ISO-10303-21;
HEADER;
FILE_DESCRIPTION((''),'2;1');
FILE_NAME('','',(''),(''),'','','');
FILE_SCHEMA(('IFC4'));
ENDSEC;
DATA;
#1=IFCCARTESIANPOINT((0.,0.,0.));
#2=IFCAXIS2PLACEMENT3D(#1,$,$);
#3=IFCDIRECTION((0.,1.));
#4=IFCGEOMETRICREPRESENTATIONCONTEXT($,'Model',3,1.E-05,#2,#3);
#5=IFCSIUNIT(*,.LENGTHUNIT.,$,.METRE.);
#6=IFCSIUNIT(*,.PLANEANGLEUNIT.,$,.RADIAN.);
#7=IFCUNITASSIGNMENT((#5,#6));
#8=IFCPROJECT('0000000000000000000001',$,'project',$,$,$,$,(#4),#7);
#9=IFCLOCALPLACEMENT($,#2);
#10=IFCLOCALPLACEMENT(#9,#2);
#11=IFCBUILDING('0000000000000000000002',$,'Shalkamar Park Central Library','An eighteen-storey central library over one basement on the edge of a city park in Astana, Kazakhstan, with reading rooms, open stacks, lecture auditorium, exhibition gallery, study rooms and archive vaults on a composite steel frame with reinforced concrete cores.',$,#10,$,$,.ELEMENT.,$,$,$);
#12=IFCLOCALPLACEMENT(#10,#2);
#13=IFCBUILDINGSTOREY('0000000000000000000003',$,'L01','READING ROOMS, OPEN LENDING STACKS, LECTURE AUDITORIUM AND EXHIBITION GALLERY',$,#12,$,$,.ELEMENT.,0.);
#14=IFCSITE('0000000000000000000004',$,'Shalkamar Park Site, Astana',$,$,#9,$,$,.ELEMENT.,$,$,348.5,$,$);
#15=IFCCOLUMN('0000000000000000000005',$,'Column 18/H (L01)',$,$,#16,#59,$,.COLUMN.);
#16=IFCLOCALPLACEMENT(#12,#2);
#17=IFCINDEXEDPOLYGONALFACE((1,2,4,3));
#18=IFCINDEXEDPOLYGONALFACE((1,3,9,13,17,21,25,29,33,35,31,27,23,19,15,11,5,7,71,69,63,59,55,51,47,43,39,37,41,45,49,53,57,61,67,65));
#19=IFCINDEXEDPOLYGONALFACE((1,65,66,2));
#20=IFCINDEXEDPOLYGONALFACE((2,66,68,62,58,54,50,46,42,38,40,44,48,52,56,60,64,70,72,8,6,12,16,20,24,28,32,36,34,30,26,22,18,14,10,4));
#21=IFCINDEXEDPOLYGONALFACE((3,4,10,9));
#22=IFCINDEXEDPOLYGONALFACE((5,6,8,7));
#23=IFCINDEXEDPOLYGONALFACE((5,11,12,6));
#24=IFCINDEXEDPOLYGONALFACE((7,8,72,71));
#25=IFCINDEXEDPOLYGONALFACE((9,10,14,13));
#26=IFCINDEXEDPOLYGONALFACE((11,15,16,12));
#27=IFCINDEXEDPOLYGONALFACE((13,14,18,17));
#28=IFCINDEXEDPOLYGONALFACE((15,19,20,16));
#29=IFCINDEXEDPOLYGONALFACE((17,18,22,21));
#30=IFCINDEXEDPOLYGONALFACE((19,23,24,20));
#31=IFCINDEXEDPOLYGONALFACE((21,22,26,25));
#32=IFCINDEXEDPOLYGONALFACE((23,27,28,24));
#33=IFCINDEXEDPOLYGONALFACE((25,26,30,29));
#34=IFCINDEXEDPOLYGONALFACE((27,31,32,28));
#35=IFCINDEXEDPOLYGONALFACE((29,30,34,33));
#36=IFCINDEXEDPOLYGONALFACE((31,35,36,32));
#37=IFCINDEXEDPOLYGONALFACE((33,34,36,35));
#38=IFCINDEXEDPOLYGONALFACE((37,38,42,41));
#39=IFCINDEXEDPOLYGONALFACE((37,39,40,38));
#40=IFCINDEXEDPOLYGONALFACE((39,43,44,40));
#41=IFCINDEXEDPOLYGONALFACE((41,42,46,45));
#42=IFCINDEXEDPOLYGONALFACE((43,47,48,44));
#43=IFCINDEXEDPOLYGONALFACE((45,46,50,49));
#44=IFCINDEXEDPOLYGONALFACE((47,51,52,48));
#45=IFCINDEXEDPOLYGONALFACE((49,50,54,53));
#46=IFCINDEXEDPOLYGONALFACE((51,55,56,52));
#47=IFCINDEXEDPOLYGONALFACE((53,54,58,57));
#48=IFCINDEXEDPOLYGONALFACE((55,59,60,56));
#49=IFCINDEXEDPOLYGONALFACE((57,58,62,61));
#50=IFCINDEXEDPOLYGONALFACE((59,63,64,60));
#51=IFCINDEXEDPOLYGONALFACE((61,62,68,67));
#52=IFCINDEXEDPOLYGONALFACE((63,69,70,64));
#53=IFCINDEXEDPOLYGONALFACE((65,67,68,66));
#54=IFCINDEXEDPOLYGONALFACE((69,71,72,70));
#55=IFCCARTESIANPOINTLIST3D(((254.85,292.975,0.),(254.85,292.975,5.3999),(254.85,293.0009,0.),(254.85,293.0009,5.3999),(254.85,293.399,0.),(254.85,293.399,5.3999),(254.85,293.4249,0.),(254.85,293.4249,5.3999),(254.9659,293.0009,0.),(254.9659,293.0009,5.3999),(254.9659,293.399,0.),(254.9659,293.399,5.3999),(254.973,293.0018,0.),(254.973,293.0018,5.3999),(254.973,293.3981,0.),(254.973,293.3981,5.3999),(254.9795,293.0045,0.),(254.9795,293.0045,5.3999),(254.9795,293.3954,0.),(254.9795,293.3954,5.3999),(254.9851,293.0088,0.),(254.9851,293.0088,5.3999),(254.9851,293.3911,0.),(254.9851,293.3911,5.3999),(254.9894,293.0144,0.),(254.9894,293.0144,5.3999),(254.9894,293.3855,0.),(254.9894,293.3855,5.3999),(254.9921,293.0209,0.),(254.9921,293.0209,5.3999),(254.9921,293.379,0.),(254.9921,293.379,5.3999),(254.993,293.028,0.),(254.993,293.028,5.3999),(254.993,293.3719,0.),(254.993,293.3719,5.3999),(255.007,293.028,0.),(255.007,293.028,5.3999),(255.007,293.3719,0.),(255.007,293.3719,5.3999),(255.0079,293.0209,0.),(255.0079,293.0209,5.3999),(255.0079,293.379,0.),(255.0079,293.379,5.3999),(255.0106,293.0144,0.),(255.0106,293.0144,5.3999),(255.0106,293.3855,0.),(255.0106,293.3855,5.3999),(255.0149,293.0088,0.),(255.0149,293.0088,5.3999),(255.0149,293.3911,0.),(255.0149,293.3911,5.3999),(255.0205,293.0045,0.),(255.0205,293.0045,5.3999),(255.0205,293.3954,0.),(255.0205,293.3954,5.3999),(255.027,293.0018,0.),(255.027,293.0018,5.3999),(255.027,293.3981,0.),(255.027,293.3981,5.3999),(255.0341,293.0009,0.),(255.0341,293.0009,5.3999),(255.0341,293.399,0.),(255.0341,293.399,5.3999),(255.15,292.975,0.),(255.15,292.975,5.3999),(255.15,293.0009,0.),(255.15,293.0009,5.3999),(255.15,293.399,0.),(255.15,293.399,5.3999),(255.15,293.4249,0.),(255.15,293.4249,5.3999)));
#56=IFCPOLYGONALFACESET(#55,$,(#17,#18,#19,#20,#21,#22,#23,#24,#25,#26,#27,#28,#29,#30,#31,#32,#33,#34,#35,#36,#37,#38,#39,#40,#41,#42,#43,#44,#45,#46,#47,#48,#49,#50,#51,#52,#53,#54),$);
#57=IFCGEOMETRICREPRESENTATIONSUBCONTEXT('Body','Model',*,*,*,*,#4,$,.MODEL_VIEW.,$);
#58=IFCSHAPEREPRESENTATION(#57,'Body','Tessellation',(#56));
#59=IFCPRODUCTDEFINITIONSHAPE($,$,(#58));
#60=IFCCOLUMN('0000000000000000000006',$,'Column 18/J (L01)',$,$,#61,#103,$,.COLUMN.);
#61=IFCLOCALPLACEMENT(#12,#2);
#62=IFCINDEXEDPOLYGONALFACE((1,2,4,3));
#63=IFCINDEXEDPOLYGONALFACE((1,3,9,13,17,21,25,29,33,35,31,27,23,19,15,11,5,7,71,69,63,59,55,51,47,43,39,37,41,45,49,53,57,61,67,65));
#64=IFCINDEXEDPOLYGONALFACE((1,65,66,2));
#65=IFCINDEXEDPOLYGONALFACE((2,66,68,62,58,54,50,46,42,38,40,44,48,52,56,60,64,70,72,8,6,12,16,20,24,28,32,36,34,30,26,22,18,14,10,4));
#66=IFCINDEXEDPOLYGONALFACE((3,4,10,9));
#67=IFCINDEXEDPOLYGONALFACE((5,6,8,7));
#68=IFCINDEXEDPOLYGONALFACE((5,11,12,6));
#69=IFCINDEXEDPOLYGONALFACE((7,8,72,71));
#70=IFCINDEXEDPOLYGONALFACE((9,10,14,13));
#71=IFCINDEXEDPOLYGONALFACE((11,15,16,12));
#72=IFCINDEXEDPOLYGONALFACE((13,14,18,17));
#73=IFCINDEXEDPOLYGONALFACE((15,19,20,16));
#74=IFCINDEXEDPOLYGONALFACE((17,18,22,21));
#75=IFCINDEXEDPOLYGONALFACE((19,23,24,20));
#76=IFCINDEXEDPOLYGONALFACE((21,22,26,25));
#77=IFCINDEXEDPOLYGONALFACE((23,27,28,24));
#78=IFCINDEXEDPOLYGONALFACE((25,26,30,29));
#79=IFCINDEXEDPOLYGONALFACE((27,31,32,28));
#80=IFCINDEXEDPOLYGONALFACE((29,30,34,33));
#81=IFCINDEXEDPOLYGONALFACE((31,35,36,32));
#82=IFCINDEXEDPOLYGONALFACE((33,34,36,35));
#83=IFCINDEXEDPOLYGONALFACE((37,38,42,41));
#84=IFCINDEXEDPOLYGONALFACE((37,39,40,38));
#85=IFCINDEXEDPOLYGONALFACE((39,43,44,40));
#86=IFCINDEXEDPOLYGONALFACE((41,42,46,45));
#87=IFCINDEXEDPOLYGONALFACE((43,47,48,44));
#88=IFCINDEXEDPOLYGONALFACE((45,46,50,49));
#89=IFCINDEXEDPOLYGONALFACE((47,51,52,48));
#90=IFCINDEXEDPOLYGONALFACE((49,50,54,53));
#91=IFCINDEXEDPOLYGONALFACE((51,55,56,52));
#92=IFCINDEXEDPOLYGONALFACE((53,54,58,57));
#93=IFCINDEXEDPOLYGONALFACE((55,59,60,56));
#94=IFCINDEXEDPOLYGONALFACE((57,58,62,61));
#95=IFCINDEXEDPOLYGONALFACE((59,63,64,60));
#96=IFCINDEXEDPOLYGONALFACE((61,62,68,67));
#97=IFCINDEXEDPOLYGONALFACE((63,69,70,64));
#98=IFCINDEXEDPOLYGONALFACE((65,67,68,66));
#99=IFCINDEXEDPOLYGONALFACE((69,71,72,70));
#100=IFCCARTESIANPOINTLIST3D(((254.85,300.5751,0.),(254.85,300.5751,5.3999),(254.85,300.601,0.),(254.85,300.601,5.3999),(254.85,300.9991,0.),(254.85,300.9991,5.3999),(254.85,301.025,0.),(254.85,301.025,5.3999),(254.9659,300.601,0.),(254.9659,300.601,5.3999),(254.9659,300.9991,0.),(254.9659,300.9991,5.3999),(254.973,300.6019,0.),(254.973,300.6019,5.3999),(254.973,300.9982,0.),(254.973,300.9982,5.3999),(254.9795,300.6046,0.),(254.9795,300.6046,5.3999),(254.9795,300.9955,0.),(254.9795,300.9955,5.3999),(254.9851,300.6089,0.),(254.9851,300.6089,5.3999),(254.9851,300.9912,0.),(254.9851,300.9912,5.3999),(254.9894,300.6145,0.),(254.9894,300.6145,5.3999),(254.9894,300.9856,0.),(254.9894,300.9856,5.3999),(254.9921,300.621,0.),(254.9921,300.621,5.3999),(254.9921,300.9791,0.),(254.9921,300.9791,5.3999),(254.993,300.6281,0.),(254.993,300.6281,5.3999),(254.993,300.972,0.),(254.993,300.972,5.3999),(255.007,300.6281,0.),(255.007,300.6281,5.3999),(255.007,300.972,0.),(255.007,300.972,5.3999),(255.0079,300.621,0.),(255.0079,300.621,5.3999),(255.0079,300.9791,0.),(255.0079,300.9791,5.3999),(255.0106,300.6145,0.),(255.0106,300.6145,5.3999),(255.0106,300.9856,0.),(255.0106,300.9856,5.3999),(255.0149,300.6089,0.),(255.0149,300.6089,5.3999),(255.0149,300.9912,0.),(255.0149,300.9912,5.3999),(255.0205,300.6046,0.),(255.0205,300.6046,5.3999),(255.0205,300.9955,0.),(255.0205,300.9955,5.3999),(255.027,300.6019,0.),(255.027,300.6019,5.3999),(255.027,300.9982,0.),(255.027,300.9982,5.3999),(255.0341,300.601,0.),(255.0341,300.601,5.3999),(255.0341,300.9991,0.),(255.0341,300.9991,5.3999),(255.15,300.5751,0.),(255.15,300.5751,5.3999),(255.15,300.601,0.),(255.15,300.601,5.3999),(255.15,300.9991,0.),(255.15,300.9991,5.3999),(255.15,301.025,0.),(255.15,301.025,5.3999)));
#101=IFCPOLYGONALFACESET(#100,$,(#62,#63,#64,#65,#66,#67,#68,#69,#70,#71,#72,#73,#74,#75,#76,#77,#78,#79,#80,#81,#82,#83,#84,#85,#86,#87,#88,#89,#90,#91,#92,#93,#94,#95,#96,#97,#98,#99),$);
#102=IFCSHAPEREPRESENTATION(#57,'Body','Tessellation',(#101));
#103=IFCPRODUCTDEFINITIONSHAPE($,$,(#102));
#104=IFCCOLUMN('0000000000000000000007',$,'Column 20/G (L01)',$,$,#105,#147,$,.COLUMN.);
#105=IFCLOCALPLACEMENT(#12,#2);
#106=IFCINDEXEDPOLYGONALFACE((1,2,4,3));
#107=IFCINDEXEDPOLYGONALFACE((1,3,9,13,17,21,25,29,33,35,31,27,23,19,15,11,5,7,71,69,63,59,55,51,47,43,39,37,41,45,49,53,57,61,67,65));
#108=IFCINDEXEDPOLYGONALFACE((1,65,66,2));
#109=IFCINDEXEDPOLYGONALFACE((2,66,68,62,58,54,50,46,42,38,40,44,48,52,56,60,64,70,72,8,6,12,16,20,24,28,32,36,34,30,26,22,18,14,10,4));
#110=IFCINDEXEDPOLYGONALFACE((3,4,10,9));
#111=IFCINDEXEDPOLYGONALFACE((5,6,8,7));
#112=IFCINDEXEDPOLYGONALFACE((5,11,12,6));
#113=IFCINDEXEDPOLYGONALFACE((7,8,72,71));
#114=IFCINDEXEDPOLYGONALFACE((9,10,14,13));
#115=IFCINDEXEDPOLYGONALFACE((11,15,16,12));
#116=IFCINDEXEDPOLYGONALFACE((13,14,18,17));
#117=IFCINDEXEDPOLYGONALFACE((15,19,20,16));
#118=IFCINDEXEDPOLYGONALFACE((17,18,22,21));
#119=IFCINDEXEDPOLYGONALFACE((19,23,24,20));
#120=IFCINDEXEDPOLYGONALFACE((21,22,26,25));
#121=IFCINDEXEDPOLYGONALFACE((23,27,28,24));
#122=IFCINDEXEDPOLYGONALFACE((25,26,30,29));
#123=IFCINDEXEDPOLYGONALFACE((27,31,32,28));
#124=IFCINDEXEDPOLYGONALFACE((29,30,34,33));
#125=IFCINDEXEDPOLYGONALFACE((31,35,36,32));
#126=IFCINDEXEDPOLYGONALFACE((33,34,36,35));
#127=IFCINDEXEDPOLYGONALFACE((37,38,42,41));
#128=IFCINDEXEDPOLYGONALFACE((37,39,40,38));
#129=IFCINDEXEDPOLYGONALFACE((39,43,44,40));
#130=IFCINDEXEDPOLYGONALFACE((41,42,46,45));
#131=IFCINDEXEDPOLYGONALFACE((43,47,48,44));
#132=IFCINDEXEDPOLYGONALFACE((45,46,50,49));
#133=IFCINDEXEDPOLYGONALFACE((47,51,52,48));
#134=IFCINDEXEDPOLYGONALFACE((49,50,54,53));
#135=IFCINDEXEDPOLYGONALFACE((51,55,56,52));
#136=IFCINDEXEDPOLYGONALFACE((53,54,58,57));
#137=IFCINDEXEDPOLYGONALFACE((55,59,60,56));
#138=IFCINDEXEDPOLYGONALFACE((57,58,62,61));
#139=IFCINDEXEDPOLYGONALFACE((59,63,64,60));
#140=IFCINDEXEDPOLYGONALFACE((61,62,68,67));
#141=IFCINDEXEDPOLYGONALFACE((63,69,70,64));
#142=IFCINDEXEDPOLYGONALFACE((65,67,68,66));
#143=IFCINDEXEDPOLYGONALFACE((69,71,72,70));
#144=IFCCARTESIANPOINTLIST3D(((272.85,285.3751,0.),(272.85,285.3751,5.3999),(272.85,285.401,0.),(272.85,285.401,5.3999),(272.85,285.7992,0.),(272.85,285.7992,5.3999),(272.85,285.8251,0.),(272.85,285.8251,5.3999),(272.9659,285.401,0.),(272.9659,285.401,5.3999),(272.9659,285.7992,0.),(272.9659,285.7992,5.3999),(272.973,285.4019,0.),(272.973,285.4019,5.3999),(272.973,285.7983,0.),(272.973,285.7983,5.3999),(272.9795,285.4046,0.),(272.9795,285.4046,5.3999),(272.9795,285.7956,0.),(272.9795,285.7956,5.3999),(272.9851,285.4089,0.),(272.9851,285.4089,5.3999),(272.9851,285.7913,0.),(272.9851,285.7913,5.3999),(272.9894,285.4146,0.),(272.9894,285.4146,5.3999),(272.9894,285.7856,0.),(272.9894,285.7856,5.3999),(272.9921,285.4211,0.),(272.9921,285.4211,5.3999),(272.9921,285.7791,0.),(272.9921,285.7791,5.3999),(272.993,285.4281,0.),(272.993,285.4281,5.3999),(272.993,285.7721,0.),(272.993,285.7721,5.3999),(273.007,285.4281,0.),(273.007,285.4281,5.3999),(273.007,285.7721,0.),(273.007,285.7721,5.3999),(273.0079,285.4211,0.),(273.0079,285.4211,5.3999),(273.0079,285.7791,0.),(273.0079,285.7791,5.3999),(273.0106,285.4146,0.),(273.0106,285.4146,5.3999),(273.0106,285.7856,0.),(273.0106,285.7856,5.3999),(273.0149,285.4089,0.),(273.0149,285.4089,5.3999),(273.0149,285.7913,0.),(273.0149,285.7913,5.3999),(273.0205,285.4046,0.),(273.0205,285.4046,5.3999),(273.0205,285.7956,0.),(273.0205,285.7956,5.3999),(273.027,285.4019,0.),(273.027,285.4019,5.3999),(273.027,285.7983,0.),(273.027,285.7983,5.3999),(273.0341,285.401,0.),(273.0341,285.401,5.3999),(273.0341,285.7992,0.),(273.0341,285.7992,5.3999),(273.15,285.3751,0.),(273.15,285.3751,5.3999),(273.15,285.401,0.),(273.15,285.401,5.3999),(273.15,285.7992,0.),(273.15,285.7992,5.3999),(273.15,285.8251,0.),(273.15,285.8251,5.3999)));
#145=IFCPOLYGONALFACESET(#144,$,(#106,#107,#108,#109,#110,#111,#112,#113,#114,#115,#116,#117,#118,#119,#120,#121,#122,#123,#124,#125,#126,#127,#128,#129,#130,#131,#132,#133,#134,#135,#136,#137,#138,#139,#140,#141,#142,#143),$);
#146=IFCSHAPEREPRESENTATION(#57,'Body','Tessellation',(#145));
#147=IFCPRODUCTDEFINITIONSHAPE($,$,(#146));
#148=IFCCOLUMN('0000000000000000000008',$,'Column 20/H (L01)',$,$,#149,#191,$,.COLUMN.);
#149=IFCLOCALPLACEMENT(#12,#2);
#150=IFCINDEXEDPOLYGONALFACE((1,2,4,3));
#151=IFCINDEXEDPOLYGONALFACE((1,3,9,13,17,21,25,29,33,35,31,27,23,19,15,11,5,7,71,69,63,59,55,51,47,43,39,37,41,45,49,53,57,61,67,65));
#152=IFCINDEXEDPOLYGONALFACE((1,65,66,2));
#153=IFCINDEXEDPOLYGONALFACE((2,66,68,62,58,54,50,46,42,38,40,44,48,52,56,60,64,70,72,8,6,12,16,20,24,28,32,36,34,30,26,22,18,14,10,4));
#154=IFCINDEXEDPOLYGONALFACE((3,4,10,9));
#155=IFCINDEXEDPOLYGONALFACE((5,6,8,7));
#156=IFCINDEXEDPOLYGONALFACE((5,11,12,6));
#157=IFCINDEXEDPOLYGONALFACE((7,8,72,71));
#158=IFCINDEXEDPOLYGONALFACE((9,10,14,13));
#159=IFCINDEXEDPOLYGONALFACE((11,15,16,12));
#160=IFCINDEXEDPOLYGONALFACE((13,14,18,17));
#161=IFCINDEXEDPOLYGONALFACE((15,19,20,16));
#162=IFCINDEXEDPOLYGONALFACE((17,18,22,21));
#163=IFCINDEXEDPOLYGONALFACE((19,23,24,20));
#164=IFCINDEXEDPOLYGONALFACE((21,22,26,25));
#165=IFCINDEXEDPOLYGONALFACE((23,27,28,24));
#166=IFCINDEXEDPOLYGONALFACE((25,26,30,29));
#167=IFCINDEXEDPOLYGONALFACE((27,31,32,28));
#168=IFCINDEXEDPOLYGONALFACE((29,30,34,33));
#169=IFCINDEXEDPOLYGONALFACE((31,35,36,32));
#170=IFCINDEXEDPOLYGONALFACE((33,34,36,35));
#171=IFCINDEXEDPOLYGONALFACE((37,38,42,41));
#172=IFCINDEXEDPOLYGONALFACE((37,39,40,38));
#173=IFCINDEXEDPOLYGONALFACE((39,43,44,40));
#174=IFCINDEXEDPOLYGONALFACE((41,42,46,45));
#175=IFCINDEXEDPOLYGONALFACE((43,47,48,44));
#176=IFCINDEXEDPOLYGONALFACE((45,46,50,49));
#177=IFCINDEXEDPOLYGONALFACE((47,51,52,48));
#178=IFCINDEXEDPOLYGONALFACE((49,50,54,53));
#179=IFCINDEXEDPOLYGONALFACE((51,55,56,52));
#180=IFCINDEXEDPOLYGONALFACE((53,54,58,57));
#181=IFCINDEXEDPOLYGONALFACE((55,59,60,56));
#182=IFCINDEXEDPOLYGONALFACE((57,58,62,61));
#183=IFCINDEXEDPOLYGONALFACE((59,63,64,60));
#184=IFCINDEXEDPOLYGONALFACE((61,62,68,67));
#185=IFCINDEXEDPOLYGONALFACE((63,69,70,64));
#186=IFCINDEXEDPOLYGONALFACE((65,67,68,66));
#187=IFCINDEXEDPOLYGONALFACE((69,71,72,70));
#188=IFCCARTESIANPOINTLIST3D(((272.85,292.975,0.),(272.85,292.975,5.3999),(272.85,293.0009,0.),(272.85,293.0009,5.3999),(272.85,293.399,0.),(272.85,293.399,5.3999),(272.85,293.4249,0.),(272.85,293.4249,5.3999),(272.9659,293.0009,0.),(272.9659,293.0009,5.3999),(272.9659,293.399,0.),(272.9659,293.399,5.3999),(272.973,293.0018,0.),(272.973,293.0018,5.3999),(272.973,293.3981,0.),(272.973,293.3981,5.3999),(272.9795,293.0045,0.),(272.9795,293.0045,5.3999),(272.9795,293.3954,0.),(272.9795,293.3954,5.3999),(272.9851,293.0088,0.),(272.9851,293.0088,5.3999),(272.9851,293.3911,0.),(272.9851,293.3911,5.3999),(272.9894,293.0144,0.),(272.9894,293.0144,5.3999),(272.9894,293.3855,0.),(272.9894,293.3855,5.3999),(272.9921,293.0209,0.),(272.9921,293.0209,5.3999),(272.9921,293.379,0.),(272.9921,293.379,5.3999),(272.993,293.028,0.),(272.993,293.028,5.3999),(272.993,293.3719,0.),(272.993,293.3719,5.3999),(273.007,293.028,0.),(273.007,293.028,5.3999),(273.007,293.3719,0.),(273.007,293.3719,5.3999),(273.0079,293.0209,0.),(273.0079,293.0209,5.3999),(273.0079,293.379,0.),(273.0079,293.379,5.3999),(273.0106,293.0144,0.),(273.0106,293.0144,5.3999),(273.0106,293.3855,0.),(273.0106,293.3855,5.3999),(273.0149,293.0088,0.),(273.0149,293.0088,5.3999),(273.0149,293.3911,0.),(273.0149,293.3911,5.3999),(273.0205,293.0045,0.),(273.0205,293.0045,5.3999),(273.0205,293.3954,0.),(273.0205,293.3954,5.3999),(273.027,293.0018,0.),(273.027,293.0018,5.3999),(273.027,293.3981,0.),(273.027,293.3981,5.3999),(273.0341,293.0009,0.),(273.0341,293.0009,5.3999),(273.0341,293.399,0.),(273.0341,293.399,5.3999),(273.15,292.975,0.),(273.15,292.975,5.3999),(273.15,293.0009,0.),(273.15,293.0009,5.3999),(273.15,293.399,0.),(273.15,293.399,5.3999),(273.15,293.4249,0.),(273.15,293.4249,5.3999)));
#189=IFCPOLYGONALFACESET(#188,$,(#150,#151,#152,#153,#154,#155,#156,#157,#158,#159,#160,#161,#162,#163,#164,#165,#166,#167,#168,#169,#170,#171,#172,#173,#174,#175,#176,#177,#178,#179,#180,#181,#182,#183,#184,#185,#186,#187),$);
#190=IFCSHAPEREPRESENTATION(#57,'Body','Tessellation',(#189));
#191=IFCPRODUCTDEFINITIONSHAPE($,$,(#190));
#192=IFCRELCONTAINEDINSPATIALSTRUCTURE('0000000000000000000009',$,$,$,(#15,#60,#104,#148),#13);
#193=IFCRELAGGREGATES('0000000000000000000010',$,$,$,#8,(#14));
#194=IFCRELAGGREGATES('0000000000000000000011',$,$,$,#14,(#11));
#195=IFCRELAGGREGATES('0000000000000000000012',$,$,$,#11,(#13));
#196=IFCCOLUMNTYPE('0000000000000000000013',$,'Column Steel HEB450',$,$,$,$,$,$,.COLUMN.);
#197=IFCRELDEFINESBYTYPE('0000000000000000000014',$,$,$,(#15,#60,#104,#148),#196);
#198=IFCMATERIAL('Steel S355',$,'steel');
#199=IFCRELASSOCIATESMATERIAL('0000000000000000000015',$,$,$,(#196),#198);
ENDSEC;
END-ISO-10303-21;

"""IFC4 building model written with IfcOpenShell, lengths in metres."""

from ifc_helpers import new_model, si_unit, direction, frame, origin, origin_2d, place, context, subcontext, project, spatial, i_section, extrude, material, material_profile, profile_set, type_object, element, save


model = new_model("IFC4")

# Units and contexts
model_context = context("Model", 3, precision=1e-05, world=origin(), true_north=direction((0.0, 1.0)))
body_context = subcontext(model_context, "Body", "Model", "MODEL_VIEW")
ifc_project = project(units=[si_unit("LENGTHUNIT", "METRE"), si_unit("PLANEANGLEUNIT", "RADIAN")], contexts=[model_context])

# Site, building, storey
site_placement = place(None, origin())
site = spatial("IfcSite", under=ifc_project, at=site_placement, Name="Shalkamar Park Site, Astana", CompositionType="ELEMENT", RefElevation=348.5)
building_placement = place(site_placement, origin())
building = spatial("IfcBuilding", under=site, at=building_placement, Name="Shalkamar Park Central Library", Description="An eighteen-storey central library over one basement on the edge of a city park in Astana, Kazakhstan, with reading rooms, open stacks, lecture auditorium, exhibition gallery, study rooms and archive vaults on a composite steel frame with reinforced concrete cores.", CompositionType="ELEMENT")
storey_placement = place(building_placement, origin())
storey = spatial("IfcBuildingStorey", under=building, at=storey_placement, Name="L01", Description="READING ROOMS, OPEN LENDING STACKS, LECTURE AUDITORIUM AND EXHIBITION GALLERY", CompositionType="ELEMENT", Elevation=0.0)

# Columns
ifc_material = material(Name="Steel S355", Category="steel")
ifc_material_profile_1 = material_profile(ifc_material, i_section(OverallWidth=0.3, OverallDepth=0.45, WebThickness=0.0139, FlangeThickness=0.0259, FilletRadius=0.0271, at=origin_2d()), Name="HEB 450")
ifc_profile_set_1 = profile_set([ifc_material_profile_1], Name="Steel S355")
column_type_1 = type_object("IfcColumnType", Name="Column Steel HEB450", PredefinedType="COLUMN", material=ifc_profile_set_1)
for number, where, z_axis, x_axis, name in (
    (1, (255.0, 293.2, 0.0), (0.0, 0.0, 1.0), (1.0, 0.0, 0.0), "Column 18/H (L01)"),
    (2, (255.0, 300.8, 0.0), (0.0, 0.0, 1.0), (1.0, 0.0, 0.0), "Column 18/J (L01)"),
    (3, (273.0, 285.6001, 0.0), (0.0, 0.0, 1.0), (1.0, 0.0, 0.0), "Column 20/G (L01)"),
    (4, (273.0, 293.2, 0.0), (0.0, 0.0, 1.0), (1.0, 0.0, 0.0), "Column 20/H (L01)"),
):
    element("IfcColumn", number, at=place(storey_placement, frame(where, z_axis=z_axis, x_axis=x_axis)), inside=storey, type_object=column_type_1, Name=name, PredefinedType="COLUMN", context=body_context, shape_type="SweptSolid", body=[
        extrude(i_section(OverallWidth=0.3, OverallDepth=0.45, WebThickness=0.0139, FlangeThickness=0.0259, FilletRadius=0.0271, at=origin_2d()), origin(), (0.0, 0.0, 1.0), 5.3999),
    ])

save(model, "model.ifc")
